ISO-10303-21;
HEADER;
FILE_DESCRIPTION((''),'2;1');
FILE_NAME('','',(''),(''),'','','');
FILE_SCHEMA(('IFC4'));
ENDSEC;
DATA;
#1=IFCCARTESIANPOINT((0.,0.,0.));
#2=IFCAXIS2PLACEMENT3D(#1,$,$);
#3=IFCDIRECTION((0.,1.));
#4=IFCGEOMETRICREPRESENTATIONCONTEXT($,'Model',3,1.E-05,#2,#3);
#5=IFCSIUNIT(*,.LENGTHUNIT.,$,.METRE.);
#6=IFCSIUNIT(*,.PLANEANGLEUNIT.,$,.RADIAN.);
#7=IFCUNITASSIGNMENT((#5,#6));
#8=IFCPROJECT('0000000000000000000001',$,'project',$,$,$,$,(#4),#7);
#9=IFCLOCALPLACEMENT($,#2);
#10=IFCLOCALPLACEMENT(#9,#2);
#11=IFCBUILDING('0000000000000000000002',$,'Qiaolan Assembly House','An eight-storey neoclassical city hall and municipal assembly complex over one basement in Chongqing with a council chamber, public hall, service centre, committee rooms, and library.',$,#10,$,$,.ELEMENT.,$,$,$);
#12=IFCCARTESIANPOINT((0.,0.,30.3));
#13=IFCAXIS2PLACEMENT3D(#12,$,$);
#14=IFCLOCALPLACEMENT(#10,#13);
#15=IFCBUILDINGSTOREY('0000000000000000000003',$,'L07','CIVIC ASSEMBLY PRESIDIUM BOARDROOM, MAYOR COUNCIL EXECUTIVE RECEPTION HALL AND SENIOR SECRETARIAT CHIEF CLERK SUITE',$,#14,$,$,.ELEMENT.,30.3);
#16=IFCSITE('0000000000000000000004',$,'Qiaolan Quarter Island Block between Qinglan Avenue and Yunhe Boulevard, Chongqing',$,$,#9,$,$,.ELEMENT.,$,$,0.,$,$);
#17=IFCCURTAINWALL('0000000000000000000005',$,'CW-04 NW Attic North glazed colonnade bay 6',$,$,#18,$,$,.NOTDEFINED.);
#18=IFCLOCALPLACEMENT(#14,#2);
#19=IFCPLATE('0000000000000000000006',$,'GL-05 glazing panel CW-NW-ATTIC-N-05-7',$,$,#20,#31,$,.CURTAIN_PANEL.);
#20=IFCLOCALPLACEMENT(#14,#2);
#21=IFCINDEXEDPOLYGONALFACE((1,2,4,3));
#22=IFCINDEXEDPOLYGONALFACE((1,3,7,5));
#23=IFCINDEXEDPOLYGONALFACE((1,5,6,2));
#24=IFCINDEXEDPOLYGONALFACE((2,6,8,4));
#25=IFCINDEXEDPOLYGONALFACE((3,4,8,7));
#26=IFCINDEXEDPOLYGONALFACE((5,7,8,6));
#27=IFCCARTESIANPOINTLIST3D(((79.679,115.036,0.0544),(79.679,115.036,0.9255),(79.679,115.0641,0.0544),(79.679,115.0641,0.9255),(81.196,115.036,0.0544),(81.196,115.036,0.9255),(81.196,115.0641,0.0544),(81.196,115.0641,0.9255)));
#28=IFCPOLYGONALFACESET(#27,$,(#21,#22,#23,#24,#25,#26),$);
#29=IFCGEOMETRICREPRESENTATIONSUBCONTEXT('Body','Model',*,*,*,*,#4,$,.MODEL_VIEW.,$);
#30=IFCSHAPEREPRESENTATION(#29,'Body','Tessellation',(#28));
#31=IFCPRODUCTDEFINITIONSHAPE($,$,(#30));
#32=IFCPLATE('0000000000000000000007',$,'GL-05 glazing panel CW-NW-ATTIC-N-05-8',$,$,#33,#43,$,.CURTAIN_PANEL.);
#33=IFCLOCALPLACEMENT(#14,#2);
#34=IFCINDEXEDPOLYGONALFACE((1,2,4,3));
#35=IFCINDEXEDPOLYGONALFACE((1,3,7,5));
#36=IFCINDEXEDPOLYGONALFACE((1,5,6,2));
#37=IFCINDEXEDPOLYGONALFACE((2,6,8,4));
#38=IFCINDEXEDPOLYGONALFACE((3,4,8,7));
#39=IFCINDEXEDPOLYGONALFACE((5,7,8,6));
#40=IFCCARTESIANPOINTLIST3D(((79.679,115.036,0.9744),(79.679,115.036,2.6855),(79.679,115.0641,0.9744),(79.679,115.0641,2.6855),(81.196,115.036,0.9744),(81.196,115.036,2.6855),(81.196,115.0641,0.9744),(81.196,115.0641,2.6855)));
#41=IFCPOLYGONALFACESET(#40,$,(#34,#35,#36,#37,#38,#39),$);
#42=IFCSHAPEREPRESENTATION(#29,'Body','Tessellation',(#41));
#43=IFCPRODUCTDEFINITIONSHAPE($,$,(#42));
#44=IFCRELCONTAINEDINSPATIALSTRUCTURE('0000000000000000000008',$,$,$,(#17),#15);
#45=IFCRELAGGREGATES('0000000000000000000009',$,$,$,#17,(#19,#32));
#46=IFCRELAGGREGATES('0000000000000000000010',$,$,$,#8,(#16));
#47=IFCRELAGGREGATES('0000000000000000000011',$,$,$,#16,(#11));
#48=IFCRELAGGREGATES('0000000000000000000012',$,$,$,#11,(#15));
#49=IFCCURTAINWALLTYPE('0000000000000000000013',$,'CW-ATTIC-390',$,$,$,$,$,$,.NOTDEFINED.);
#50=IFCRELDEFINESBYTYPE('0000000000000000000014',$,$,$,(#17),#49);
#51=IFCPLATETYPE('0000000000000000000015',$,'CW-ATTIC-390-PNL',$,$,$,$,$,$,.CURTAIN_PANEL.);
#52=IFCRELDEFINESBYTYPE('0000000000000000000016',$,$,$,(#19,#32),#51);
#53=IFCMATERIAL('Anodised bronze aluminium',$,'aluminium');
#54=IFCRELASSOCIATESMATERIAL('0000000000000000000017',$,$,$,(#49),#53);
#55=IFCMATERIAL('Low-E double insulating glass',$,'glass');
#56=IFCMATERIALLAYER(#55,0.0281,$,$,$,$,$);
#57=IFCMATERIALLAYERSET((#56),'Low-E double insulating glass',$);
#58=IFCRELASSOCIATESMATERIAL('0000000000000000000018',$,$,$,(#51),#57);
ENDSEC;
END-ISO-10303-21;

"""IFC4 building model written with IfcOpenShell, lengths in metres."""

from ifc_helpers import new_model, si_unit, direction, frame, frame_2d, origin, place, context, subcontext, project, spatial, rectangle, extrude, material, layer, layer_set, type_object, element, aggregate, save


model = new_model("IFC4")

# Units and contexts
model_context = context("Model", 3, precision=1e-05, world=origin(), true_north=direction((0.0, 1.0)))
body_context = subcontext(model_context, "Body", "Model", "MODEL_VIEW")
ifc_project = project(units=[si_unit("LENGTHUNIT", "METRE"), si_unit("PLANEANGLEUNIT", "RADIAN")], contexts=[model_context])

# Site, building, storey
site_placement = place(None, origin())
site = spatial("IfcSite", under=ifc_project, at=site_placement, Name="Qiaolan Quarter Island Block between Qinglan Avenue and Yunhe Boulevard, Chongqing", CompositionType="ELEMENT", RefElevation=0.0)
building_placement = place(site_placement, origin())
building = spatial("IfcBuilding", under=site, at=building_placement, Name="Qiaolan Assembly House", Description="An eight-storey neoclassical city hall and municipal assembly complex over one basement in Chongqing with a council chamber, public hall, service centre, committee rooms, and library.", CompositionType="ELEMENT")
storey_placement = place(building_placement, frame((0.0, 0.0, 30.3)))
storey = spatial("IfcBuildingStorey", under=building, at=storey_placement, Name="L07", Description="CIVIC ASSEMBLY PRESIDIUM BOARDROOM, MAYOR COUNCIL EXECUTIVE RECEPTION HALL AND SENIOR SECRETARIAT CHIEF CLERK SUITE", CompositionType="ELEMENT", Elevation=30.3)

# Curtain wall
ifc_material_1 = material(Name="Anodised bronze aluminium", Category="aluminium")
curtain_wall_type = type_object("IfcCurtainWallType", Name="CW-ATTIC-390", PredefinedType="NOTDEFINED", material=ifc_material_1)
curtain_wall_1_placement = place(storey_placement, origin())
curtain_wall_1 = element("IfcCurtainWall", 1, at=curtain_wall_1_placement, inside=storey, type_object=curtain_wall_type, Name="CW-04 NW Attic North glazed colonnade bay 6", PredefinedType="NOTDEFINED")

# Plates
ifc_material_2 = material(Name="Low-E double insulating glass", Category="glass")
ifc_layer = layer(ifc_material_2, 0.0281)
ifc_layer_set = layer_set([ifc_layer], Name="Low-E double insulating glass")
plate_type = type_object("IfcPlateType", Name="CW-ATTIC-390-PNL", PredefinedType="CURTAIN_PANEL", material=ifc_layer_set)
plate_1_placement = place(storey_placement, frame((81.196, 115.05, 0.0544), z_axis=(0.0, 0.0, 1.0), x_axis=(-1.0, 0.0, 0.0)))
plate_1 = element("IfcPlate", 2, at=plate_1_placement, type_object=plate_type, Name="GL-05 glazing panel CW-NW-ATTIC-N-05-7", PredefinedType="CURTAIN_PANEL", context=body_context, shape_type="SweptSolid", body=[
    extrude(rectangle(XDim=1.5171, YDim=0.0281, at=frame_2d((0.7585, 0.0))), origin(), (0.0, 0.0, 1.0), 0.8711),
])
plate_2_placement = place(storey_placement, frame((81.196, 115.05, 0.9744), z_axis=(0.0, 0.0, 1.0), x_axis=(-1.0, 0.0, 0.0)))
plate_2 = element("IfcPlate", 3, at=plate_2_placement, type_object=plate_type, Name="GL-05 glazing panel CW-NW-ATTIC-N-05-8", PredefinedType="CURTAIN_PANEL", context=body_context, shape_type="SweptSolid", body=[
    extrude(rectangle(XDim=1.5171, YDim=0.0281, at=frame_2d((0.7585, 0.0))), origin(), (0.0, 0.0, 1.0), 1.7112),
])
aggregate(curtain_wall_1, [plate_1, plate_2])

save(model, "model.ifc")
